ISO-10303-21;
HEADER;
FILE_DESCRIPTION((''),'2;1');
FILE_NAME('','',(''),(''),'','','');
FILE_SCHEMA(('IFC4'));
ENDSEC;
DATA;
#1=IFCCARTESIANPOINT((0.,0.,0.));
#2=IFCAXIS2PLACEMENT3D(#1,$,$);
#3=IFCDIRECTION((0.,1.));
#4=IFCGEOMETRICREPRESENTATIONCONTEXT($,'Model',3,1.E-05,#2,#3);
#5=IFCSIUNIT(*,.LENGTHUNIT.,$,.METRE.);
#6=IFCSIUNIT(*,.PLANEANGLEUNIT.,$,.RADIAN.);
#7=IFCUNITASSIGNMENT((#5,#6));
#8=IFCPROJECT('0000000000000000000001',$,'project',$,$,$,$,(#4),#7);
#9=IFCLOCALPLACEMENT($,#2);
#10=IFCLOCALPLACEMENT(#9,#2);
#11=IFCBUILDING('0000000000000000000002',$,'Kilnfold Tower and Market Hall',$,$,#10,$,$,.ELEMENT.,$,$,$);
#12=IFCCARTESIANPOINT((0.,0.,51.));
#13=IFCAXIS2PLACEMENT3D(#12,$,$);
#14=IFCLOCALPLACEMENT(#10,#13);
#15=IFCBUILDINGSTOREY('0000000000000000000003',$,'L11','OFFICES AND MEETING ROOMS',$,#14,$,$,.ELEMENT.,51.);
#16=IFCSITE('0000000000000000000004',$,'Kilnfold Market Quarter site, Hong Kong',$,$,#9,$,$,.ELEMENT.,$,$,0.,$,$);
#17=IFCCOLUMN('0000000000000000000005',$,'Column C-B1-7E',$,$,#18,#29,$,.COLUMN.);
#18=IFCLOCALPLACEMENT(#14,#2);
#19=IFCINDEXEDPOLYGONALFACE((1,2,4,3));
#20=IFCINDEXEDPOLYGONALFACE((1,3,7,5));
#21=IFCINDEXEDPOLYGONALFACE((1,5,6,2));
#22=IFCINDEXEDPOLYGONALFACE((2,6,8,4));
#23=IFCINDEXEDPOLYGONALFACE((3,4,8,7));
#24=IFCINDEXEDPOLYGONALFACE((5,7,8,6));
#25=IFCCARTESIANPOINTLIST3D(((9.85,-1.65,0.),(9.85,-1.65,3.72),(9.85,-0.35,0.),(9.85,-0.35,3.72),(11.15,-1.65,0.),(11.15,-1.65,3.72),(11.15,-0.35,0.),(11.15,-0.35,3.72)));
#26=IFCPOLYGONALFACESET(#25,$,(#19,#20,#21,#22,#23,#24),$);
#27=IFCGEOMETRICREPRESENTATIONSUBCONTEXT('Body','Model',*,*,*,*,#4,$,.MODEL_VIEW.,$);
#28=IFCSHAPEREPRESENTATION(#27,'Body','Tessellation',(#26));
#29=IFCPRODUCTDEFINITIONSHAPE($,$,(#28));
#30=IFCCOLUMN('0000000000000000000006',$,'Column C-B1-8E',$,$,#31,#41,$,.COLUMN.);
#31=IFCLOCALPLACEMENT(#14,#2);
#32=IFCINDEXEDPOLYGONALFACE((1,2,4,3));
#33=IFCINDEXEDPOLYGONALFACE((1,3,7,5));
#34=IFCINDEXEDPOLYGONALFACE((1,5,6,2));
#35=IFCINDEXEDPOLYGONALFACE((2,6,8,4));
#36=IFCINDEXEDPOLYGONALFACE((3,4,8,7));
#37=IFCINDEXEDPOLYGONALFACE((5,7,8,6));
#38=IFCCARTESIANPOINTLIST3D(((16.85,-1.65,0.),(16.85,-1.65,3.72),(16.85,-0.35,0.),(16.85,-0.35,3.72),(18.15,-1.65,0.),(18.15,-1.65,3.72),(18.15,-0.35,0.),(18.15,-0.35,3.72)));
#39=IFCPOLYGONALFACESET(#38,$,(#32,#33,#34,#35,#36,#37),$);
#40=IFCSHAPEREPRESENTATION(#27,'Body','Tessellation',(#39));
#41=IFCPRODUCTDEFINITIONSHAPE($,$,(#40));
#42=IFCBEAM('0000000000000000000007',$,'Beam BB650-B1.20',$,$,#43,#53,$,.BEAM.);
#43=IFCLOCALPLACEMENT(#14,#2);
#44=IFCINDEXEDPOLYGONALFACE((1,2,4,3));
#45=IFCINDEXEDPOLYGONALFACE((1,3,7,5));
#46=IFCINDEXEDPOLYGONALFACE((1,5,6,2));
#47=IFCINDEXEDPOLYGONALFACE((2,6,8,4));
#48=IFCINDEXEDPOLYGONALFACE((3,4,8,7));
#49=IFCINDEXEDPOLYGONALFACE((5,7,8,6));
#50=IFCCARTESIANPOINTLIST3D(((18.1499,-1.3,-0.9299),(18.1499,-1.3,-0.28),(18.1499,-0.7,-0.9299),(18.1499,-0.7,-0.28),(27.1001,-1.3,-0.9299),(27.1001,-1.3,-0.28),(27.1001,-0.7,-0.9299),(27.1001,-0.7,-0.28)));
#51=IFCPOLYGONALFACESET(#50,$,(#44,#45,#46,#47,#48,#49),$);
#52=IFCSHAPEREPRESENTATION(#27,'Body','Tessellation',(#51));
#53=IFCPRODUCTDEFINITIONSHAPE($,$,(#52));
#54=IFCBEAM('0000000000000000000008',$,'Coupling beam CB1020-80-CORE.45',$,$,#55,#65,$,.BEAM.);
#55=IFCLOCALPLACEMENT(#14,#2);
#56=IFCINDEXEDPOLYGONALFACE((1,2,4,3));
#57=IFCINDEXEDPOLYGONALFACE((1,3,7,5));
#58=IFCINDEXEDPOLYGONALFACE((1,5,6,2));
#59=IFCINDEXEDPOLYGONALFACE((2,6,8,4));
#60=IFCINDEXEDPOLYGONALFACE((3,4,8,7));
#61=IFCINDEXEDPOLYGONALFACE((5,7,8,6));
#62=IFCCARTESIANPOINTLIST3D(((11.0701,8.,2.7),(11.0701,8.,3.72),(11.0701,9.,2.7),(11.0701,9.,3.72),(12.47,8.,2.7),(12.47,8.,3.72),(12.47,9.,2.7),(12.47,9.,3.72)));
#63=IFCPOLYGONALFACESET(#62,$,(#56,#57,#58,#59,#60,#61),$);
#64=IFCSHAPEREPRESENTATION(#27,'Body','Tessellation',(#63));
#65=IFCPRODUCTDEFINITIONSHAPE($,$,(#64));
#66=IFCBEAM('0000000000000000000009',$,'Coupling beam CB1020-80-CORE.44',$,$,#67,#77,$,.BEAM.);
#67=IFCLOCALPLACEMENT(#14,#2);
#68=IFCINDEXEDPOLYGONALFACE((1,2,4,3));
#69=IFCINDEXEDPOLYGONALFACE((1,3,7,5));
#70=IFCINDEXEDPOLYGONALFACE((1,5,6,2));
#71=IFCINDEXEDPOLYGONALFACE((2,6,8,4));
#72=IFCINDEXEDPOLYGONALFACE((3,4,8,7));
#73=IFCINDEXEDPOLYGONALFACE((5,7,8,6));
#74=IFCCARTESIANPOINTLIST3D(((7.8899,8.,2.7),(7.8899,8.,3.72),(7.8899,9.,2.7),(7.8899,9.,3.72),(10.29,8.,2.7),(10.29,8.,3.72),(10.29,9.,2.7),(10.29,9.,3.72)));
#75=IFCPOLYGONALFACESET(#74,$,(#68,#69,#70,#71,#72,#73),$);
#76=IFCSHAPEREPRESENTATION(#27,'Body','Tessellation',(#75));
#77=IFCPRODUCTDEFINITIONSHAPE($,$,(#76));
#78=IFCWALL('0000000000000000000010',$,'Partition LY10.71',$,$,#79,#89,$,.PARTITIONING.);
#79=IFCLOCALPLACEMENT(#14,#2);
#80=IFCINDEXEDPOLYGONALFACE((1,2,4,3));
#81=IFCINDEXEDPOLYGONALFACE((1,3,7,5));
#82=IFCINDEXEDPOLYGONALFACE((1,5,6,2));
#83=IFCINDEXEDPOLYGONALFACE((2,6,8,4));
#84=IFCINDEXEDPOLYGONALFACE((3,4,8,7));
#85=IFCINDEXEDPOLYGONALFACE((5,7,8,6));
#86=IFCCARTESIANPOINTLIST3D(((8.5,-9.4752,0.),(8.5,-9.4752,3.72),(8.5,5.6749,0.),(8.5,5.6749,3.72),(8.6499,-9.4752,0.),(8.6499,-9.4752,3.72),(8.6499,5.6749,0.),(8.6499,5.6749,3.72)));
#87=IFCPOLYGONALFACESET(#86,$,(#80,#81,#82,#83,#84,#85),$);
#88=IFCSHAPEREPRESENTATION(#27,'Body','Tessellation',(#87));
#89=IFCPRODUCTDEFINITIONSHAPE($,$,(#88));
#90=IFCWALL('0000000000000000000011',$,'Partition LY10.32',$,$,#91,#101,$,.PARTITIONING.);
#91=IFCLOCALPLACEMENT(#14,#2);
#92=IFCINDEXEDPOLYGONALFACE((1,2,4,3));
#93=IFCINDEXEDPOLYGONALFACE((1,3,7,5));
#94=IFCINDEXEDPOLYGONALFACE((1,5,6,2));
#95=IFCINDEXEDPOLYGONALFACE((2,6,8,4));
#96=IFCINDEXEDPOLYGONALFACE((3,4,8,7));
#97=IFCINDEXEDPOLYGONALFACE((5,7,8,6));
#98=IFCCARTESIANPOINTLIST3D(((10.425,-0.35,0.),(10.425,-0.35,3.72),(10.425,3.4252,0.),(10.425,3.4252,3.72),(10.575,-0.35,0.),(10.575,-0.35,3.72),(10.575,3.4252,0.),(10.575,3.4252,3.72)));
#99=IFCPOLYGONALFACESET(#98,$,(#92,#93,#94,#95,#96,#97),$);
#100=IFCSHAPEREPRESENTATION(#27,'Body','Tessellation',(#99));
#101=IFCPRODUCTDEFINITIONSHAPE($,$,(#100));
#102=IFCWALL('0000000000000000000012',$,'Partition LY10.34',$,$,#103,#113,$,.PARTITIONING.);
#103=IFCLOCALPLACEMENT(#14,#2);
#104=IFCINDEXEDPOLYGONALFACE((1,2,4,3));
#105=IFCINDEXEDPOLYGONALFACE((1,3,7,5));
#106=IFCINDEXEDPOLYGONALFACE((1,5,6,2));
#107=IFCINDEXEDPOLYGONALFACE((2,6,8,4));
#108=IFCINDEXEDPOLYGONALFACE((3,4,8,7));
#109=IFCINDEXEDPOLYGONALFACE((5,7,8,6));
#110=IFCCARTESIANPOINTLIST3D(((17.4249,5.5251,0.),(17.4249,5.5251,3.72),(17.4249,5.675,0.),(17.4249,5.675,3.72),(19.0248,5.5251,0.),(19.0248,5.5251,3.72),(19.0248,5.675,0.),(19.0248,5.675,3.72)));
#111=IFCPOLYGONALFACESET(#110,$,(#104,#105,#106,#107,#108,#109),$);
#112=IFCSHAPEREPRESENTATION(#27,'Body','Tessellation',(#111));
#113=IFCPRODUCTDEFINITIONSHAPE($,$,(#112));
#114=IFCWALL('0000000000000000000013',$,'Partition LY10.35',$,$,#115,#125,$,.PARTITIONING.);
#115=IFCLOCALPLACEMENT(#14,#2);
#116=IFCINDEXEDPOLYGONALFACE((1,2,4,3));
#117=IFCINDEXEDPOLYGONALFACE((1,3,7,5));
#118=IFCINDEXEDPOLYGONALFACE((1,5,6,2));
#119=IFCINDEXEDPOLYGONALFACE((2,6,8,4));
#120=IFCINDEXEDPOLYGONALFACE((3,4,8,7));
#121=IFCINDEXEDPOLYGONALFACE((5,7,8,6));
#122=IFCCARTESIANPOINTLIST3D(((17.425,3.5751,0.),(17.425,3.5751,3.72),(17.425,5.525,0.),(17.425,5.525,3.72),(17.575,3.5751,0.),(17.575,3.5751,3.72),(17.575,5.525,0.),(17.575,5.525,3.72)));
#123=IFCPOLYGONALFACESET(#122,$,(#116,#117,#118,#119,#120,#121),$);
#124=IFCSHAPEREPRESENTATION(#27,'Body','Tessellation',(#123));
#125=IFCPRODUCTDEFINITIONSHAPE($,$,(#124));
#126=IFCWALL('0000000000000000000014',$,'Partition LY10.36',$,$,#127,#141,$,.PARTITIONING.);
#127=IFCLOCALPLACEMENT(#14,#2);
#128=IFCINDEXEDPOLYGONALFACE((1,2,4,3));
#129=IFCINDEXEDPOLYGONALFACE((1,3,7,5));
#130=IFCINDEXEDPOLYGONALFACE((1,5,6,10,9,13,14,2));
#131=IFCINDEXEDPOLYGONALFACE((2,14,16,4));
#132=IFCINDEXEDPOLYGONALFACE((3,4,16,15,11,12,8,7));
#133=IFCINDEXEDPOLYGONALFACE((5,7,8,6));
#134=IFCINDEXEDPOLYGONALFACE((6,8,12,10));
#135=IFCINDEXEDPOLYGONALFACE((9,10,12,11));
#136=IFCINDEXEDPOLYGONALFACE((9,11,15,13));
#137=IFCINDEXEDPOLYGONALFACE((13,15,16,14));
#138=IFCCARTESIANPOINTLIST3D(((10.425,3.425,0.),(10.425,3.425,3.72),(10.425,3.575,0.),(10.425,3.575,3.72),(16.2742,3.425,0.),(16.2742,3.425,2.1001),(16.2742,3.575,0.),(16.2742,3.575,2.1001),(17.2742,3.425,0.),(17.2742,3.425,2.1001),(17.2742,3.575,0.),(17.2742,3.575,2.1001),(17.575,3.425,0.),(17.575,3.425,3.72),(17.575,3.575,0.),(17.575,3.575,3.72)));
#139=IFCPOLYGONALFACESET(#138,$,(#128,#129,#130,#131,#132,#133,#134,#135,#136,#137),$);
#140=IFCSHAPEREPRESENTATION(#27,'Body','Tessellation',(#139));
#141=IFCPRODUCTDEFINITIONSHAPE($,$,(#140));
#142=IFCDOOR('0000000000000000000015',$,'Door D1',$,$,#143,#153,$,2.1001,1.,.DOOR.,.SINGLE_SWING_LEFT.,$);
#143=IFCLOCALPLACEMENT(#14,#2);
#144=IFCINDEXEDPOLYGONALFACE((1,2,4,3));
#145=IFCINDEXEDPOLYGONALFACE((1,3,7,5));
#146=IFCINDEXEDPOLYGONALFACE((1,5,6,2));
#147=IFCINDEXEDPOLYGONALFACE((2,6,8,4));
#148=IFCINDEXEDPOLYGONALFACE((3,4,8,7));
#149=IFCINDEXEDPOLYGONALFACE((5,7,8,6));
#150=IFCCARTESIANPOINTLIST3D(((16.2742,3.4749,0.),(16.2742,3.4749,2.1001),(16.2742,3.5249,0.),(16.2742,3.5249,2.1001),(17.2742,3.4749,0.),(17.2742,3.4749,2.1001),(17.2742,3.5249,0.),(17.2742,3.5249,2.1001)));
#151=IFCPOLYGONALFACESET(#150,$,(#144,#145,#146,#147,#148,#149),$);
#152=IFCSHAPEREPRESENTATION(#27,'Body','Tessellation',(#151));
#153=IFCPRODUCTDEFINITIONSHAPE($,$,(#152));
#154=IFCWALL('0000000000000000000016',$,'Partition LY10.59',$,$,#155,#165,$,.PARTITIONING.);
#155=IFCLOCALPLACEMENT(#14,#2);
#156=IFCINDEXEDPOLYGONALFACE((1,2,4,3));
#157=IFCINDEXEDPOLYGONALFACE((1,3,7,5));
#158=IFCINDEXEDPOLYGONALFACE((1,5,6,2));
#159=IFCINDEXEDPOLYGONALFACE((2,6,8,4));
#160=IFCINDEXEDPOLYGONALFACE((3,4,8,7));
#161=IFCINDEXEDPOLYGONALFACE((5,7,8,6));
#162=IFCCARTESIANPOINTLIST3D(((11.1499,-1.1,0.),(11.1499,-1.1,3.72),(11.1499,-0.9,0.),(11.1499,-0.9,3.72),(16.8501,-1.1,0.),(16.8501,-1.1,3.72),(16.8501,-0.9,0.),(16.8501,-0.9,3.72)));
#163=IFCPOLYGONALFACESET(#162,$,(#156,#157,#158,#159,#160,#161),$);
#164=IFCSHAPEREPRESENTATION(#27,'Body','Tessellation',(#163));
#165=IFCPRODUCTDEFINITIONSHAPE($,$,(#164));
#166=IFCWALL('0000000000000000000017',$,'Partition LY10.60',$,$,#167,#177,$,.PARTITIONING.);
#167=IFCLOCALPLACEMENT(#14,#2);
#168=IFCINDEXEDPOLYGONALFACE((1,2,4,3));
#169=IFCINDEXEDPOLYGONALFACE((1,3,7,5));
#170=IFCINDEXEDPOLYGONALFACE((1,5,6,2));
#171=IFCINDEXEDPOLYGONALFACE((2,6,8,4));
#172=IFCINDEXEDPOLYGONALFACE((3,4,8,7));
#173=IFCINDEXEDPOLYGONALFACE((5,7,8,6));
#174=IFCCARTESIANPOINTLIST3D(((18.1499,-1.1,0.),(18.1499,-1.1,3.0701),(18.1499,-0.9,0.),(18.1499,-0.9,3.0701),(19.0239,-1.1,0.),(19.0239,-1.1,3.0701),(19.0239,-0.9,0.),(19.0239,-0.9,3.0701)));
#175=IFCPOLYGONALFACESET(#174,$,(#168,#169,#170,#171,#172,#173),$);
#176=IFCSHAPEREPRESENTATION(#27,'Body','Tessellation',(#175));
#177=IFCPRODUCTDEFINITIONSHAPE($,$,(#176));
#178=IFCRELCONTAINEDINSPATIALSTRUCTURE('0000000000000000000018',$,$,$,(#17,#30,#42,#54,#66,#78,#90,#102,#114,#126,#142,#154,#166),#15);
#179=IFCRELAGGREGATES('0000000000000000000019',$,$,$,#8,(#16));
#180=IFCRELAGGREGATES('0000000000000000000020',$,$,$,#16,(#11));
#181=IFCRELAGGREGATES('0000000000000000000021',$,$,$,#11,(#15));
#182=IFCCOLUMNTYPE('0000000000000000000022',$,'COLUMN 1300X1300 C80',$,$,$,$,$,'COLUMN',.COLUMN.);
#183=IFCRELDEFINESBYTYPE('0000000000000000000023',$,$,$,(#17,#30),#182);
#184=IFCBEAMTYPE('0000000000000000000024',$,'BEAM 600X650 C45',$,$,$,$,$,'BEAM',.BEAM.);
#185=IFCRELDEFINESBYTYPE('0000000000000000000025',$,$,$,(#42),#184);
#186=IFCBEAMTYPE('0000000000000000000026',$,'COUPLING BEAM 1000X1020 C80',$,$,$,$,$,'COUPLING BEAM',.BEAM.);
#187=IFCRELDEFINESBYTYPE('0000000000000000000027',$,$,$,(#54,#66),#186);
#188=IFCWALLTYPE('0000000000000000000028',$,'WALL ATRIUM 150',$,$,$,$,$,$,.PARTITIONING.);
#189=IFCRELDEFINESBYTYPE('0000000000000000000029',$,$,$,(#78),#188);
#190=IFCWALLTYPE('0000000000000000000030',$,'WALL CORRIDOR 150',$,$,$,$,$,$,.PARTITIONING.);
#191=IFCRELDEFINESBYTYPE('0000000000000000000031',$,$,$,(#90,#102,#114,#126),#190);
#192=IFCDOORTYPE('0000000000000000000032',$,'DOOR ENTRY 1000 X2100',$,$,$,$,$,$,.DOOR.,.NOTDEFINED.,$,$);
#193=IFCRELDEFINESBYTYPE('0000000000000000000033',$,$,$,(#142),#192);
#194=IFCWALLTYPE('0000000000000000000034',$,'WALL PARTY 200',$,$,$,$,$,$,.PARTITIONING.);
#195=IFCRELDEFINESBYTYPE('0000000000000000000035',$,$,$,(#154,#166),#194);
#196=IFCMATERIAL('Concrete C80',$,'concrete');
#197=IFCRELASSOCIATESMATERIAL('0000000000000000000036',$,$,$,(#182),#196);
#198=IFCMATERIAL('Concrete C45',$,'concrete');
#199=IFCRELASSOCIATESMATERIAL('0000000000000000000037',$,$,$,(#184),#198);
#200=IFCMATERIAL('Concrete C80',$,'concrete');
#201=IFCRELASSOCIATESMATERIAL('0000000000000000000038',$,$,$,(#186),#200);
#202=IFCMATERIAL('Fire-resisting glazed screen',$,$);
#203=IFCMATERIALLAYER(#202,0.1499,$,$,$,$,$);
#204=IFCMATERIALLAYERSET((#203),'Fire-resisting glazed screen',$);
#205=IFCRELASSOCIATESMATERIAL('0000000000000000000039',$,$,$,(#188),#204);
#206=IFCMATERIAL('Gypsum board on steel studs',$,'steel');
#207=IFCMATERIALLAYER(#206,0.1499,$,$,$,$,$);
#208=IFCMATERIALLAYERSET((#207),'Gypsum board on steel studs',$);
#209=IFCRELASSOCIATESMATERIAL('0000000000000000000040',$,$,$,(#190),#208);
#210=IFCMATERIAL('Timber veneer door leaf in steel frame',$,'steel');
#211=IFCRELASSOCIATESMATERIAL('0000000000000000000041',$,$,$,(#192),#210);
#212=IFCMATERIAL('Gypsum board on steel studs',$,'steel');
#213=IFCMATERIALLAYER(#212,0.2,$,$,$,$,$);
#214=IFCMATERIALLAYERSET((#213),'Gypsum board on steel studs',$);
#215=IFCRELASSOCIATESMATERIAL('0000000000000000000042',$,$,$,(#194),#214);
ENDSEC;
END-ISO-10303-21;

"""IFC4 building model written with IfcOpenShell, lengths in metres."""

from ifc_helpers import new_model, si_unit, direction, frame, frame_2d, origin, origin_2d, place, context, subcontext, project, spatial, rectangle, extrude, source, transform, mapped, material, layer, layer_set, material_profile, profile_set, type_object, element, fill, save


model = new_model("IFC4")

# Units and contexts
model_context = context("Model", 3, precision=1e-05, world=origin(), true_north=direction((0.0, 1.0)))
body_context = subcontext(model_context, "Body", "Model", "MODEL_VIEW")
ifc_project = project(units=[si_unit("LENGTHUNIT", "METRE"), si_unit("PLANEANGLEUNIT", "RADIAN")], contexts=[model_context])

# Site, building, storey
site_placement = place(None, origin())
site = spatial("IfcSite", under=ifc_project, at=site_placement, Name="Kilnfold Market Quarter site, Hong Kong", CompositionType="ELEMENT", RefElevation=0.0)
building_placement = place(site_placement, origin())
building = spatial("IfcBuilding", under=site, at=building_placement, Name="Kilnfold Tower and Market Hall", CompositionType="ELEMENT")
storey_placement = place(building_placement, frame((0.0, 0.0, 51.0)))
storey = spatial("IfcBuildingStorey", under=building, at=storey_placement, Name="L11", Description="OFFICES AND MEETING ROOMS", CompositionType="ELEMENT", Elevation=51.0)

# Columns
ifc_material_1 = material(Name="Concrete C80", Category="concrete")
ifc_material_profile_1 = material_profile(ifc_material_1, rectangle(XDim=1.3, YDim=1.3, at=origin_2d()), Name="RC 1300x1300")
ifc_profile_set_1 = profile_set([ifc_material_profile_1], Name="Concrete C80")
column_type = type_object("IfcColumnType", Name="COLUMN 1300X1300 C80", ElementType="COLUMN", PredefinedType="COLUMN", material=ifc_profile_set_1)
shared_shape_1 = source(origin(), body_context, "Body", "SweptSolid", [
    extrude(rectangle(XDim=1.3, YDim=1.3, at=origin_2d()), origin(), (0.0, 0.0, 1.0), 3.72),
])
for number, where, z_axis, x_axis, name in (
    (1, (10.5, -1.0, 0.0), (0.0, 0.0, 1.0), (1.0, 0.0, 0.0), "Column C-B1-7E"),
    (2, (17.5, -1.0, 0.0), (0.0, 0.0, 1.0), (1.0, 0.0, 0.0), "Column C-B1-8E"),
):
    element("IfcColumn", number, at=place(storey_placement, frame(where, z_axis=z_axis, x_axis=x_axis)), inside=storey, type_object=column_type, Name=name, PredefinedType="COLUMN", context=body_context, shape_type="MappedRepresentation", body=[
        mapped(shared_shape_1, transform((0.0, 0.0, 0.0))),
    ])

# Beams
ifc_material_2 = material(Name="Concrete C45", Category="concrete")
ifc_material_profile_2 = material_profile(ifc_material_2, rectangle(XDim=0.6001, YDim=0.6499, at=origin_2d()), Name="RC 600x650")
ifc_profile_set_2 = profile_set([ifc_material_profile_2], Name="Concrete C45")
beam_type_1 = type_object("IfcBeamType", Name="BEAM 600X650 C45", ElementType="BEAM", PredefinedType="BEAM", material=ifc_profile_set_2)
shared_shape_2 = source(origin(), body_context, "Body", "SweptSolid", [
    extrude(rectangle(XDim=0.6001, YDim=0.6499, at=origin_2d()), origin(), (0.0, 0.0, 1.0), 8.9502),
])
beam_1_placement = place(storey_placement, frame((18.1499, -1.0, -0.605), z_axis=(1.0, 0.0, 0.0), x_axis=(0.0, 1.0, 0.0)))
element("IfcBeam", 3, at=beam_1_placement, inside=storey, type_object=beam_type_1, Name="Beam BB650-B1.20", PredefinedType="BEAM", context=body_context, shape_type="MappedRepresentation", body=[
    mapped(shared_shape_2, transform((0.0, 0.0, 0.0))),
])
ifc_material_3 = material(Name="Concrete C80", Category="concrete")
ifc_material_profile_3 = material_profile(ifc_material_3, rectangle(XDim=1.0, YDim=1.02, at=origin_2d()), Name="RC 1000x1020")
ifc_profile_set_3 = profile_set([ifc_material_profile_3], Name="Concrete C80")
beam_type_2 = type_object("IfcBeamType", Name="COUPLING BEAM 1000X1020 C80", ElementType="COUPLING BEAM", PredefinedType="BEAM", material=ifc_profile_set_3)
shared_shape_3 = source(origin(), body_context, "Body", "SweptSolid", [
    extrude(rectangle(XDim=1.0, YDim=1.02, at=origin_2d()), origin(), (0.0, 0.0, 1.0), 1.3999),
])
beam_2_placement = place(storey_placement, frame((11.0701, 8.5, 3.21), z_axis=(1.0, 0.0, 0.0), x_axis=(0.0, 1.0, 0.0)))
element("IfcBeam", 4, at=beam_2_placement, inside=storey, type_object=beam_type_2, Name="Coupling beam CB1020-80-CORE.45", PredefinedType="BEAM", context=body_context, shape_type="MappedRepresentation", body=[
    mapped(shared_shape_3, transform((0.0, 0.0, 0.0))),
])
shared_shape_4 = source(origin(), body_context, "Body", "SweptSolid", [
    extrude(rectangle(XDim=1.0, YDim=1.02, at=origin_2d()), origin(), (0.0, 0.0, 1.0), 2.4001),
])
beam_3_placement = place(storey_placement, frame((7.8899, 8.5, 3.21), z_axis=(1.0, 0.0, 0.0), x_axis=(0.0, 1.0, 0.0)))
element("IfcBeam", 5, at=beam_3_placement, inside=storey, type_object=beam_type_2, Name="Coupling beam CB1020-80-CORE.44", PredefinedType="BEAM", context=body_context, shape_type="MappedRepresentation", body=[
    mapped(shared_shape_4, transform((0.0, 0.0, 0.0))),
])

# Walls
ifc_material_4 = material(Name="Fire-resisting glazed screen")
ifc_layer_1 = layer(ifc_material_4, 0.1499)
ifc_layer_set_1 = layer_set([ifc_layer_1], Name="Fire-resisting glazed screen")
wall_type_1 = type_object("IfcWallType", Name="WALL ATRIUM 150", PredefinedType="PARTITIONING", material=ifc_layer_set_1)
wall_1_placement = place(storey_placement, frame((8.575, 5.675, 0.0), z_axis=(0.0, 0.0, 1.0), x_axis=(0.0, -1.0, 0.0)))
element("IfcWall", 6, at=wall_1_placement, inside=storey, type_object=wall_type_1, Name="Partition LY10.71", PredefinedType="PARTITIONING", context=body_context, shape_type="SweptSolid", body=[
    extrude(rectangle(XDim=15.1501, YDim=0.1499, at=frame_2d((7.5752, 0.0))), origin(), (0.0, 0.0, 1.0), 3.72),
])
ifc_material_5 = material(Name="Gypsum board on steel studs", Category="steel")
ifc_layer_2 = layer(ifc_material_5, 0.1499)
ifc_layer_set_2 = layer_set([ifc_layer_2], Name="Gypsum board on steel studs")
wall_type_2 = type_object("IfcWallType", Name="WALL CORRIDOR 150", PredefinedType="PARTITIONING", material=ifc_layer_set_2)
wall_2_placement = place(storey_placement, frame((10.5, -0.3501, 0.0), z_axis=(0.0, 0.0, 1.0), x_axis=(0.0, 1.0, 0.0)))
element("IfcWall", 7, at=wall_2_placement, inside=storey, type_object=wall_type_2, Name="Partition LY10.32", PredefinedType="PARTITIONING", context=body_context, shape_type="SweptSolid", body=[
    extrude(rectangle(XDim=3.7751, YDim=0.1499, at=frame_2d((1.8877, 0.0))), origin(), (0.0, 0.0, 1.0), 3.72),
])
wall_3_placement = place(storey_placement, frame((17.425, 5.6001, 0.0), z_axis=(0.0, 0.0, 1.0), x_axis=(1.0, 0.0, 0.0)))
element("IfcWall", 8, at=wall_3_placement, inside=storey, type_object=wall_type_2, Name="Partition LY10.34", PredefinedType="PARTITIONING", context=body_context, shape_type="SweptSolid", body=[
    extrude(rectangle(XDim=1.5999, YDim=0.1499, at=frame_2d((0.7998, 0.0))), origin(), (0.0, 0.0, 1.0), 3.72),
])
wall_4_placement = place(storey_placement, frame((17.5, 3.575, 0.0), z_axis=(0.0, 0.0, 1.0), x_axis=(0.0, 1.0, 0.0)))
element("IfcWall", 9, at=wall_4_placement, inside=storey, type_object=wall_type_2, Name="Partition LY10.35", PredefinedType="PARTITIONING", context=body_context, shape_type="SweptSolid", body=[
    extrude(rectangle(XDim=1.95, YDim=0.1499, at=frame_2d((0.9751, 0.0))), origin(), (0.0, 0.0, 1.0), 3.72),
])

# Wall, opening, door
wall_5_placement = place(storey_placement, frame((10.425, 3.5, 0.0), z_axis=(0.0, 0.0, 1.0), x_axis=(1.0, 0.0, 0.0)))
wall_5 = element("IfcWall", 10, at=wall_5_placement, inside=storey, type_object=wall_type_2, Name="Partition LY10.36", PredefinedType="PARTITIONING", context=body_context, shape_type="SweptSolid", body=[
    extrude(rectangle(XDim=7.1499, YDim=0.1499, at=frame_2d((3.575, 0.0))), origin(), (0.0, 0.0, 1.0), 3.72),
])
opening_1_placement = place(wall_5_placement, frame((5.8491, 0.0, 0.0)))
opening_1 = element("IfcOpeningElement", 11, at=opening_1_placement, cuts=wall_5, PredefinedType="OPENING", context=body_context, shape_type="SweptSolid", body=[
    extrude(rectangle(XDim=1.0, YDim=2.1001, at=frame_2d((0.5, 1.05))), frame((0.0, 0.085, 0.0), z_axis=(0.0, -1.0, 0.0), x_axis=(1.0, 0.0, 0.0)), (0.0, 0.0, 1.0), 0.1699),
])
ifc_material_6 = material(Name="Timber veneer door leaf in steel frame", Category="steel")
door_type_1 = type_object("IfcDoorType", Name="DOOR ENTRY 1000 X2100", OperationType="NOTDEFINED", PredefinedType="DOOR", material=ifc_material_6)
door_1_placement = place(opening_1_placement, origin())
door_1 = element("IfcDoor", 12, at=door_1_placement, inside=storey, type_object=door_type_1, Name="Door D1", OperationType="SINGLE_SWING_LEFT", OverallHeight=2.1001, OverallWidth=1.0, PredefinedType="DOOR", context=body_context, shape_type="SweptSolid", body=[
    extrude(rectangle(XDim=1.0, YDim=2.1001, at=frame_2d((0.5, 1.05))), frame((0.0, 0.0249, 0.0), z_axis=(0.0, -1.0, 0.0), x_axis=(1.0, 0.0, 0.0)), (0.0, 0.0, 1.0), 0.05),
])
fill(opening_1, door_1)

# Walls
ifc_material_7 = material(Name="Gypsum board on steel studs", Category="steel")
ifc_layer_3 = layer(ifc_material_7, 0.2)
ifc_layer_set_3 = layer_set([ifc_layer_3], Name="Gypsum board on steel studs")
wall_type_3 = type_object("IfcWallType", Name="WALL PARTY 200", PredefinedType="PARTITIONING", material=ifc_layer_set_3)
wall_6_placement = place(storey_placement, frame((11.1499, -1.0, 0.0), z_axis=(0.0, 0.0, 1.0), x_axis=(1.0, 0.0, 0.0)))
element("IfcWall", 13, at=wall_6_placement, inside=storey, type_object=wall_type_3, Name="Partition LY10.59", PredefinedType="PARTITIONING", context=body_context, shape_type="SweptSolid", body=[
    extrude(rectangle(XDim=5.7002, YDim=0.2, at=frame_2d((2.8501, 0.0))), origin(), (0.0, 0.0, 1.0), 3.72),
])
wall_7_placement = place(storey_placement, frame((18.1499, -1.0, 0.0), z_axis=(0.0, 0.0, 1.0), x_axis=(1.0, 0.0, 0.0)))
element("IfcWall", 14, at=wall_7_placement, inside=storey, type_object=wall_type_3, Name="Partition LY10.60", PredefinedType="PARTITIONING", context=body_context, shape_type="SweptSolid", body=[
    extrude(rectangle(XDim=0.874, YDim=0.2, at=frame_2d((0.437, 0.0))), origin(), (0.0, 0.0, 1.0), 3.0701),
])

save(model, "model.ifc")
